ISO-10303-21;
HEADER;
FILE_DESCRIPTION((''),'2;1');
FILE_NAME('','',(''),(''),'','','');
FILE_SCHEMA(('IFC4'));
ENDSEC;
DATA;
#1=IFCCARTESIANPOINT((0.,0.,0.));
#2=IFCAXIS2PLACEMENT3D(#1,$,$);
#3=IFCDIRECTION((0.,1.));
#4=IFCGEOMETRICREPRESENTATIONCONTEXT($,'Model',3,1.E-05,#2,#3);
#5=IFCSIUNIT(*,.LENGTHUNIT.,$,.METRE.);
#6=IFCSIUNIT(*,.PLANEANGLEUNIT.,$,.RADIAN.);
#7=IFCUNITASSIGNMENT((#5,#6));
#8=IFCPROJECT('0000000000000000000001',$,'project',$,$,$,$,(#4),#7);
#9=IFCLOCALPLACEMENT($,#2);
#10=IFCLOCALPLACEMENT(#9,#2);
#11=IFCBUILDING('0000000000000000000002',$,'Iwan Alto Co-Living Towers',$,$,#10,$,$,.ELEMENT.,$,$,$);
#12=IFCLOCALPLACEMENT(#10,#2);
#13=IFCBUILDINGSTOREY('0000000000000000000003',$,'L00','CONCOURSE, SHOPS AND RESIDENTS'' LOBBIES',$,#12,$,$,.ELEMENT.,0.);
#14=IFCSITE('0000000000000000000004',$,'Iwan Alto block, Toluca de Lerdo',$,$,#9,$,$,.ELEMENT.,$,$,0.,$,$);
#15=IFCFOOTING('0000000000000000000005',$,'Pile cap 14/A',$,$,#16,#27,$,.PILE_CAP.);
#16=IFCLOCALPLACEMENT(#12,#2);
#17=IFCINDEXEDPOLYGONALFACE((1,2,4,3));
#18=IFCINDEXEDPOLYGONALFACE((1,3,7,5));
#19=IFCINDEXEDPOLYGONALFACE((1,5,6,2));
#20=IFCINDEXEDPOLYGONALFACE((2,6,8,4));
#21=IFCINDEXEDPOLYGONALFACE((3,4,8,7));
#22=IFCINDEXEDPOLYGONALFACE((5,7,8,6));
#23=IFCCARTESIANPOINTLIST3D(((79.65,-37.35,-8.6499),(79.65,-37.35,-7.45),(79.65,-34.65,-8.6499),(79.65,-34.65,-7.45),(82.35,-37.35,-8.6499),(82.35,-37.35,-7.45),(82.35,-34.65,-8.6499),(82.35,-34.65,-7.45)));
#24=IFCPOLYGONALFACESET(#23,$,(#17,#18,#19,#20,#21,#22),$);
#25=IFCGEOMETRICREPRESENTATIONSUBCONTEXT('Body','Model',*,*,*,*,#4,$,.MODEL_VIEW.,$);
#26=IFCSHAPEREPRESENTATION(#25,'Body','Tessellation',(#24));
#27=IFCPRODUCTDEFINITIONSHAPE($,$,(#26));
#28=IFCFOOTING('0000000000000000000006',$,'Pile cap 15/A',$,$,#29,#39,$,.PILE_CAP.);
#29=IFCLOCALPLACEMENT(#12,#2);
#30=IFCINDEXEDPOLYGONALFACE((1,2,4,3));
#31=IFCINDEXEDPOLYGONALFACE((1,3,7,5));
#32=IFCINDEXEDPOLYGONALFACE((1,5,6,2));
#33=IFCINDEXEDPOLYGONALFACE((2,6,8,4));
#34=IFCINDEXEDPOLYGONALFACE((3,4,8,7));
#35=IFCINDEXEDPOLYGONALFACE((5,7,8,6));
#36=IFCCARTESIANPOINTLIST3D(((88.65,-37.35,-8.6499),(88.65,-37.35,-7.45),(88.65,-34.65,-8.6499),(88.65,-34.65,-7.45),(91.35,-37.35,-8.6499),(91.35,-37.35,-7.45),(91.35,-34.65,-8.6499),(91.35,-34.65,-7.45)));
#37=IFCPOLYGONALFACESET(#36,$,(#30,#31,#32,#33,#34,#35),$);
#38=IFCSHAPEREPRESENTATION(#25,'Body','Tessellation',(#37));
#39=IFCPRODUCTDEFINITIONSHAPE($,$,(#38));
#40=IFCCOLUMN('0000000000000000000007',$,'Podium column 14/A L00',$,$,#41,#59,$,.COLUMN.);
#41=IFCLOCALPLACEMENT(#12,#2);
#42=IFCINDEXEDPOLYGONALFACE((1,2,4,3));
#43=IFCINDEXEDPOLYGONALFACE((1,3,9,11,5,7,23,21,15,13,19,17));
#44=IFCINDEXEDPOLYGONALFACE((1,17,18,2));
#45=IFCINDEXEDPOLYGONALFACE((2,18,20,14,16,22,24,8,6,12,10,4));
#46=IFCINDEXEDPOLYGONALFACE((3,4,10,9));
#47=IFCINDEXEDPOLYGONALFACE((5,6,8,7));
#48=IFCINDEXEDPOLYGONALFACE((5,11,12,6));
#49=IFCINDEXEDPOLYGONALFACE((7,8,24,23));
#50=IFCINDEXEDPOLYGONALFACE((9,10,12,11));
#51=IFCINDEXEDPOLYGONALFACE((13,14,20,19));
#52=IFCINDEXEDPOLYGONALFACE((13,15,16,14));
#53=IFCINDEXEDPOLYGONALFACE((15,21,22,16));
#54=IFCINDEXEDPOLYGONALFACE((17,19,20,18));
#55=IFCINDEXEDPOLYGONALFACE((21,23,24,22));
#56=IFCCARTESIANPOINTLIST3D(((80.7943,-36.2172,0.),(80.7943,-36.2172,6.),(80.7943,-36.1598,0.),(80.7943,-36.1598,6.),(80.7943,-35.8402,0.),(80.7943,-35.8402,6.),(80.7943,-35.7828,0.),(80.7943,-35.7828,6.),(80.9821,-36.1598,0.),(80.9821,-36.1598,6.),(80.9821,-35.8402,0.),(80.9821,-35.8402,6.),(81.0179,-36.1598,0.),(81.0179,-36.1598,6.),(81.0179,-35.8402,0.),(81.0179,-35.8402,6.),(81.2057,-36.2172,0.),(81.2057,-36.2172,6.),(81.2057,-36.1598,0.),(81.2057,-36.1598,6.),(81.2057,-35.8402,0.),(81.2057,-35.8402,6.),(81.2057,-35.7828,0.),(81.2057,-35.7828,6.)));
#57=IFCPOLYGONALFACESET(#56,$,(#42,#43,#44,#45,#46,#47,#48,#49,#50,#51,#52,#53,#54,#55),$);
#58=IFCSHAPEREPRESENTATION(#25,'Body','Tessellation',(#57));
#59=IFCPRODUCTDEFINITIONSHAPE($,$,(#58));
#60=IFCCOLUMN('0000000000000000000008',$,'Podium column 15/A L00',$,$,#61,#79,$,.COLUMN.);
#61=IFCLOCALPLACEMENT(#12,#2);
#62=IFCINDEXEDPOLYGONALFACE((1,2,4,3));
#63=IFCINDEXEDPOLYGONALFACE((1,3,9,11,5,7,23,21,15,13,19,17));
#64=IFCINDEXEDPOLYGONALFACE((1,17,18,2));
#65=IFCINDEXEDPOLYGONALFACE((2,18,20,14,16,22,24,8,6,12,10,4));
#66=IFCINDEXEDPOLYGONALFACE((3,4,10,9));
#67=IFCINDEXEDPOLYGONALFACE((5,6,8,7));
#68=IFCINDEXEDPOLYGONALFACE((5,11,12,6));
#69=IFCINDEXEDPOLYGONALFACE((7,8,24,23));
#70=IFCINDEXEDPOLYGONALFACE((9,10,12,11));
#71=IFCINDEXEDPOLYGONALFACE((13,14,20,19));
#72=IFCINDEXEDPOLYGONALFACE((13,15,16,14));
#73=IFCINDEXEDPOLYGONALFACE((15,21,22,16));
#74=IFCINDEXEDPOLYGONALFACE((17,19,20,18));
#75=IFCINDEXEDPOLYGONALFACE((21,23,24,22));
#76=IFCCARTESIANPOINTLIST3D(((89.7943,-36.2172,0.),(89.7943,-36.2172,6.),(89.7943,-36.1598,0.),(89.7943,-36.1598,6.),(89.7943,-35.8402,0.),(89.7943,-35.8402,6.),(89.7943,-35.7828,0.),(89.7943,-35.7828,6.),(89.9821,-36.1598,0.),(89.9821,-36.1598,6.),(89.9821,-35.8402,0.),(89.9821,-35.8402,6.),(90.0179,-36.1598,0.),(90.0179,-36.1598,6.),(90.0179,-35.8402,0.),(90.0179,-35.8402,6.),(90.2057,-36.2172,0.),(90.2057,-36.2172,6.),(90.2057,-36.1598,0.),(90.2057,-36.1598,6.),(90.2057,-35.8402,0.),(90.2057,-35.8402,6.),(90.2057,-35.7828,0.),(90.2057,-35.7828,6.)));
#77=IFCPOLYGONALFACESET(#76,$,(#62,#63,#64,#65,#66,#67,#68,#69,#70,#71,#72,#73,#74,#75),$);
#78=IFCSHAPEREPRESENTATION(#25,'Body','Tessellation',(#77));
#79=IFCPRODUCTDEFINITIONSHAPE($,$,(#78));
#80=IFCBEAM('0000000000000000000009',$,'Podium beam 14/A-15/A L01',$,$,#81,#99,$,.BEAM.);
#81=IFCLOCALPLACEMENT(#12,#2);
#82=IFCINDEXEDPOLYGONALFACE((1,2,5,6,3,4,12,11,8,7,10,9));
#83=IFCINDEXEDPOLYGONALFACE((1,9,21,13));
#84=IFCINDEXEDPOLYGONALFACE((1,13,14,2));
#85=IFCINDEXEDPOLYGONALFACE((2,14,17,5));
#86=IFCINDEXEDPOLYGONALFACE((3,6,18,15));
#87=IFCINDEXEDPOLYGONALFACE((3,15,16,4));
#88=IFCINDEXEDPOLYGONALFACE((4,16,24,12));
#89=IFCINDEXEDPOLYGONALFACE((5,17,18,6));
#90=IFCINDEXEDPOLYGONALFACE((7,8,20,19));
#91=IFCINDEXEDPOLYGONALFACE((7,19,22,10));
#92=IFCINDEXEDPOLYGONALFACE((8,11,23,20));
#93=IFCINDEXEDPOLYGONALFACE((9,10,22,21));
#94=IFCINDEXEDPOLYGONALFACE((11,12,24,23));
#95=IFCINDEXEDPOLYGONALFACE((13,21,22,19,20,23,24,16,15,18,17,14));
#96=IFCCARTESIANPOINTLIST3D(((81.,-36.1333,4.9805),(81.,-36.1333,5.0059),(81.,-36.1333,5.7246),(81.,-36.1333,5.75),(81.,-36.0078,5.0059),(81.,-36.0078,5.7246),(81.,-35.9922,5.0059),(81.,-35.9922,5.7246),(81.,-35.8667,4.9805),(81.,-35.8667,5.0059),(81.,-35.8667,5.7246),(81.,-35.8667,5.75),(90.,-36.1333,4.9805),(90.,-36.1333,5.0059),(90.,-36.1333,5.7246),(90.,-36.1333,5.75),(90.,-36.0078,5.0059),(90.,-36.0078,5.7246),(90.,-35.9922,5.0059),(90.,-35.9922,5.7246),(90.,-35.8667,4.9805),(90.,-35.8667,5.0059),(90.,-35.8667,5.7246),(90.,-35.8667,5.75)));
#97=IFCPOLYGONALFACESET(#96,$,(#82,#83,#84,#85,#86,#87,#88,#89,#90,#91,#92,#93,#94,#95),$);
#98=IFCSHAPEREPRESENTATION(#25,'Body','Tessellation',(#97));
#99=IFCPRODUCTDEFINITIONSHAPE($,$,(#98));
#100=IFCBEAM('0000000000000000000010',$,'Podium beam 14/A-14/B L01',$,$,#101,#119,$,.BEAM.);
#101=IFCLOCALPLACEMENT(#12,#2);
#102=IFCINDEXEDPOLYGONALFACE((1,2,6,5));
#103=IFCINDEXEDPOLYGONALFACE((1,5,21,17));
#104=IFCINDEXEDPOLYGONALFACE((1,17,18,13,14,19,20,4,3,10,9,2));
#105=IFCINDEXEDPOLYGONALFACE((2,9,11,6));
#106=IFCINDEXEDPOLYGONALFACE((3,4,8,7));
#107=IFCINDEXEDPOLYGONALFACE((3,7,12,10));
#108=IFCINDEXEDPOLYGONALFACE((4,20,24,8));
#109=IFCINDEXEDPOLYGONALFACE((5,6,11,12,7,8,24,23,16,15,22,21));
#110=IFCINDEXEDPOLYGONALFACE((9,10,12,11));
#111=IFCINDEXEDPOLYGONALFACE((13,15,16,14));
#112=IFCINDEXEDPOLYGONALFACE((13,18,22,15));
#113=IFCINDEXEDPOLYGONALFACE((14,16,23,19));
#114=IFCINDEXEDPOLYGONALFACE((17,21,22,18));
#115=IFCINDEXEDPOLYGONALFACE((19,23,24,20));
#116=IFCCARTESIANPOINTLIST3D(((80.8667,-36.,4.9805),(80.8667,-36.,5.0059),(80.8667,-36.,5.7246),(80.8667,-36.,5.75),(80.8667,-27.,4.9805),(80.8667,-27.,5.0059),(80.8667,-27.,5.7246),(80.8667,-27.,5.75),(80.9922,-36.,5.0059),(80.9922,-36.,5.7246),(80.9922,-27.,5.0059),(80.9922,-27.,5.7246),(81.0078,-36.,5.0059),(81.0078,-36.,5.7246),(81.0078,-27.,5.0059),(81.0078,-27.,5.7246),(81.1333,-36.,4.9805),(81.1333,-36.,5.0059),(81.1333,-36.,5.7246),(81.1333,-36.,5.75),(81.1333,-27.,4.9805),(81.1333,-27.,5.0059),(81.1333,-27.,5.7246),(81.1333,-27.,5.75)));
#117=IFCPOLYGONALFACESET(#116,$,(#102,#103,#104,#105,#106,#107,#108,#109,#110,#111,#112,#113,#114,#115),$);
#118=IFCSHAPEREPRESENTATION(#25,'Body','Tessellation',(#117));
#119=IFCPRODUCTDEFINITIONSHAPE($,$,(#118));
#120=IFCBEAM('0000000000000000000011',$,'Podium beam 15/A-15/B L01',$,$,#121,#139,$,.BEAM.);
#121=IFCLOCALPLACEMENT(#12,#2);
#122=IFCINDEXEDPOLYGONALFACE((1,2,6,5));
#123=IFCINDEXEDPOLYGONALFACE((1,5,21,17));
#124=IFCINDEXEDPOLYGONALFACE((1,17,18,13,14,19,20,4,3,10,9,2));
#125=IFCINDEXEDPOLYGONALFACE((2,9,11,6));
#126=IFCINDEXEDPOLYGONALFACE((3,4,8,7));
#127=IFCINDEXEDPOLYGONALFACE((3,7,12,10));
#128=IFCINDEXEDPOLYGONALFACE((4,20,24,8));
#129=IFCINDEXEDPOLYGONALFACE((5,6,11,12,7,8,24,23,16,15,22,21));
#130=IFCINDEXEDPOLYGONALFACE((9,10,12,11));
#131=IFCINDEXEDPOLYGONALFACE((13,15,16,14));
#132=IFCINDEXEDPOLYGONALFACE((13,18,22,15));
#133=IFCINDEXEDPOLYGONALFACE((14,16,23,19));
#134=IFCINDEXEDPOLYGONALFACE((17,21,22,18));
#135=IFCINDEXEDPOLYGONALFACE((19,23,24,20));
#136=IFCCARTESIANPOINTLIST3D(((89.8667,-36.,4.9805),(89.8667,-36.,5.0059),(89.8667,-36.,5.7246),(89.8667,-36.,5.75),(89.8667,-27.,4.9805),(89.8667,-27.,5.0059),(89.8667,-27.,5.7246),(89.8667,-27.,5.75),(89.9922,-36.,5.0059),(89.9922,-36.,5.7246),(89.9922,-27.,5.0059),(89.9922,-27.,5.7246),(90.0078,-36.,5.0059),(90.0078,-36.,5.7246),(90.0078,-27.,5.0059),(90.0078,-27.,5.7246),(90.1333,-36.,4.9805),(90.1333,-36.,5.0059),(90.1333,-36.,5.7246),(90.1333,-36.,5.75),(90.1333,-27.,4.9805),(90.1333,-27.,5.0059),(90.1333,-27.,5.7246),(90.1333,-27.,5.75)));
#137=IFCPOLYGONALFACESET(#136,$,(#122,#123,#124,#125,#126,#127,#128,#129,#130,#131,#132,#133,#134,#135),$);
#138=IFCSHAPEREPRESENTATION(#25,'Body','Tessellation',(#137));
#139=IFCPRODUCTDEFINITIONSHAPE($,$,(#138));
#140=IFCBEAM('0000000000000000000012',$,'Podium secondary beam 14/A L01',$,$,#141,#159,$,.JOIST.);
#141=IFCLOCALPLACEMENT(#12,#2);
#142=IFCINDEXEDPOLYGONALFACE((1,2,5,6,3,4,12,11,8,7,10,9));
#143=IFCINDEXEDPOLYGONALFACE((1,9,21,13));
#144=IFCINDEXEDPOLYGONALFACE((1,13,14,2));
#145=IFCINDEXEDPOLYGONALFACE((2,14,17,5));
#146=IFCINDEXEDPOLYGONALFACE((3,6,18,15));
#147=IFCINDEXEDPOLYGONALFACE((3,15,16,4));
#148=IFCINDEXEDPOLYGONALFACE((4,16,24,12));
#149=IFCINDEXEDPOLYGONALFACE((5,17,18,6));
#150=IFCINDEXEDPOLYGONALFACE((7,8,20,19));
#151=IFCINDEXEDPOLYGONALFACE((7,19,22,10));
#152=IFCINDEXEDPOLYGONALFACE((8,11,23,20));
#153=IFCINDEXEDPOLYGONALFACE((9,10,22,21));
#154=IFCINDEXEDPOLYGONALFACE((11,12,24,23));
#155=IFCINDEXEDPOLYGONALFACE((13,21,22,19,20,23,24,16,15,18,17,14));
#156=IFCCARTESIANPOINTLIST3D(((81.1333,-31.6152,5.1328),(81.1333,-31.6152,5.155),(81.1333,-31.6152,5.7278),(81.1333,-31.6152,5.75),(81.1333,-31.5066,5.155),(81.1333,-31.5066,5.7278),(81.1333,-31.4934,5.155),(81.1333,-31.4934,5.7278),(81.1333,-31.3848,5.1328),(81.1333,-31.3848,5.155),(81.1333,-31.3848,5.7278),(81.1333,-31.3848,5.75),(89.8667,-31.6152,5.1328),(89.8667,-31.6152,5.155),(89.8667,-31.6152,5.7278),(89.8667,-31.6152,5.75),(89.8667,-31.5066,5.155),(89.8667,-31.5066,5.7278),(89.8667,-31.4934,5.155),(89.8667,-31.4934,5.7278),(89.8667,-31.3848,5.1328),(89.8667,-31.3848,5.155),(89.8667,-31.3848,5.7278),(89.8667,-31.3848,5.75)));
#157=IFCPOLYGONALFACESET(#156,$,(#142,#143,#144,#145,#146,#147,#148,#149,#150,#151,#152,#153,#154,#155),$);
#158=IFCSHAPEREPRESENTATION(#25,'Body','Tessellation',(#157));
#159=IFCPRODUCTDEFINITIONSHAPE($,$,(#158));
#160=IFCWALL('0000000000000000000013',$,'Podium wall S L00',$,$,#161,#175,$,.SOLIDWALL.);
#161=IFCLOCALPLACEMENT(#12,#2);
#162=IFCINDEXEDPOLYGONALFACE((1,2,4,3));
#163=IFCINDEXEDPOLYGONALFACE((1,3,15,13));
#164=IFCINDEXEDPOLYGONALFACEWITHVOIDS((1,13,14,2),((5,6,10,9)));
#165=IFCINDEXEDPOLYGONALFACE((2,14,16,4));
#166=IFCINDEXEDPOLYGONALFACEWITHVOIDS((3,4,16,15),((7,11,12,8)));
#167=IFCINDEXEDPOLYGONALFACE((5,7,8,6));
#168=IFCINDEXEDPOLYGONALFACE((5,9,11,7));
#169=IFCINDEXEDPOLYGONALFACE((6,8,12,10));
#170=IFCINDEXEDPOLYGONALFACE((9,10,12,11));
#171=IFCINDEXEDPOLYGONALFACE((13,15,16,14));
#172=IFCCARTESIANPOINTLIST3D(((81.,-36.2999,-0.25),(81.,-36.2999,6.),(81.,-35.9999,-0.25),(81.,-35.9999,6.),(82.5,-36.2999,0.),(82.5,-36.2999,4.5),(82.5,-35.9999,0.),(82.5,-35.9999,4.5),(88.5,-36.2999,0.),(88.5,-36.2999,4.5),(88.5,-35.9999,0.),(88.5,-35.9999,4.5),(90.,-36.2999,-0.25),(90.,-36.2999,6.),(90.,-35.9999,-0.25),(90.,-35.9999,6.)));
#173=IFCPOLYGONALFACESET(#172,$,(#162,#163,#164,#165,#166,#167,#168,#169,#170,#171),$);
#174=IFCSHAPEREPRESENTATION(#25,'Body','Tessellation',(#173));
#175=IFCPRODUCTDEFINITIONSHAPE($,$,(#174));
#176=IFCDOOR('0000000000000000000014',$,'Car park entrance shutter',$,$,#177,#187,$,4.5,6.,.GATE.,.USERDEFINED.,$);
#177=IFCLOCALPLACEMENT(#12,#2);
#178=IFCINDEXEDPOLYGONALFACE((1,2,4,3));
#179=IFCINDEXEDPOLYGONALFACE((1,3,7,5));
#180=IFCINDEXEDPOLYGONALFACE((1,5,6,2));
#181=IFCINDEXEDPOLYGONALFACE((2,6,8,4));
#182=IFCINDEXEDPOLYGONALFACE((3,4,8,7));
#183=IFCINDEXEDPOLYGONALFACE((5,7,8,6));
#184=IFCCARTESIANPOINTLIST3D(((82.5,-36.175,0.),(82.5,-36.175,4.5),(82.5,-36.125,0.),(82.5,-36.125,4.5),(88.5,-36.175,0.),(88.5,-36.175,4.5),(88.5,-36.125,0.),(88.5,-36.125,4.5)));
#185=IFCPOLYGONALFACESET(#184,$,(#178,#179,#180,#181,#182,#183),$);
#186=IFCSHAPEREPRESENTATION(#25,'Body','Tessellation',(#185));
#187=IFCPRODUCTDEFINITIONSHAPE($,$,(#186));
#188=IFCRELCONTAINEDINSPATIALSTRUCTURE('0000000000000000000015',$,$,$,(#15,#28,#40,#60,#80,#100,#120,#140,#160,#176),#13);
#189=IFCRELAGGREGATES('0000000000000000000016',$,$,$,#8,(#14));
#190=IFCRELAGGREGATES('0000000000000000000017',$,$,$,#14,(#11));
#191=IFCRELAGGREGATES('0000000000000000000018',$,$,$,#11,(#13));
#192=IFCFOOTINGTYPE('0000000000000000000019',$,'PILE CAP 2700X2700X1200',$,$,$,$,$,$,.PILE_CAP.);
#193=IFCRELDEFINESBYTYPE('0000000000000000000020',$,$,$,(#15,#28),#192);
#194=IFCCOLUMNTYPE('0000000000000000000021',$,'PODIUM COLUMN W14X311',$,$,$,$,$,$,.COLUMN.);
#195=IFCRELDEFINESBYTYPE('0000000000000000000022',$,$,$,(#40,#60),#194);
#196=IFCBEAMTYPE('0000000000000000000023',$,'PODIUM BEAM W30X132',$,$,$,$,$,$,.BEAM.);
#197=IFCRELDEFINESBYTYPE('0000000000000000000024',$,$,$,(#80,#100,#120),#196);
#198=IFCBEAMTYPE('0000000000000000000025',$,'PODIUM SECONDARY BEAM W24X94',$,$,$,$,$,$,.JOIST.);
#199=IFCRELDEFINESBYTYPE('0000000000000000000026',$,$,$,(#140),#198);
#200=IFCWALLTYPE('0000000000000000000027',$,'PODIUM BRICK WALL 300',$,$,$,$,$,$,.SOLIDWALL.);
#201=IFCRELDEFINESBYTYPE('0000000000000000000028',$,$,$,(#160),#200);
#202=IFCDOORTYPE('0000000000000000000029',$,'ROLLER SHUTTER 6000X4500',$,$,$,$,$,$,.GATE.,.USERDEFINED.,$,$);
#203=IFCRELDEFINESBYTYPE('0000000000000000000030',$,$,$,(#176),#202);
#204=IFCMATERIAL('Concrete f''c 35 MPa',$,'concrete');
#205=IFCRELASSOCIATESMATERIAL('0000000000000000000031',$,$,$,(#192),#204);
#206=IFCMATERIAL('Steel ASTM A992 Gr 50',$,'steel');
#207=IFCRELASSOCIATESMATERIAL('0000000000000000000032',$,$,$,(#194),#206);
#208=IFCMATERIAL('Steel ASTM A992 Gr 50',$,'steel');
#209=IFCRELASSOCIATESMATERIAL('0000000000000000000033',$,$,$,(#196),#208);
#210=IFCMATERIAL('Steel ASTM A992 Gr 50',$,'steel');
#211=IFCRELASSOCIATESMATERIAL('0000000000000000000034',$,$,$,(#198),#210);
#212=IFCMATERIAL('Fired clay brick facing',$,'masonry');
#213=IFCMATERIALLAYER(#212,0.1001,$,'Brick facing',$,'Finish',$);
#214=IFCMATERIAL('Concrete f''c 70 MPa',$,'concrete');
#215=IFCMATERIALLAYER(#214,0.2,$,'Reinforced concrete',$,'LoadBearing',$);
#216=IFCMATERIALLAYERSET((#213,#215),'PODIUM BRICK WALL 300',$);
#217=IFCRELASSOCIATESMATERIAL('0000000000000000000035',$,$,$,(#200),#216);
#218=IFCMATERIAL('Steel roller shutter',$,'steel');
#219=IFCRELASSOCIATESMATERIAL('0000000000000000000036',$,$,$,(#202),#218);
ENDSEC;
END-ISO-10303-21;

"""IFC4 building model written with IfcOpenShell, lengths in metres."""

from ifc_helpers import new_model, si_unit, direction, frame, frame_2d, origin, origin_2d, place, context, subcontext, project, spatial, rectangle, i_section, extrude, material, layer, layer_set, material_profile, profile_set, type_object, element, fill, save


model = new_model("IFC4")

# Units and contexts
model_context = context("Model", 3, precision=1e-05, world=origin(), true_north=direction((0.0, 1.0)))
body_context = subcontext(model_context, "Body", "Model", "MODEL_VIEW")
ifc_project = project(units=[si_unit("LENGTHUNIT", "METRE"), si_unit("PLANEANGLEUNIT", "RADIAN")], contexts=[model_context])

# Site, building, storey
site_placement = place(None, origin())
site = spatial("IfcSite", under=ifc_project, at=site_placement, Name="Iwan Alto block, Toluca de Lerdo", CompositionType="ELEMENT", RefElevation=0.0)
building_placement = place(site_placement, origin())
building = spatial("IfcBuilding", under=site, at=building_placement, Name="Iwan Alto Co-Living Towers", CompositionType="ELEMENT")
storey_placement = place(building_placement, origin())
storey = spatial("IfcBuildingStorey", under=building, at=storey_placement, Name="L00", Description="CONCOURSE, SHOPS AND RESIDENTS' LOBBIES", CompositionType="ELEMENT", Elevation=0.0)

# Footings
ifc_material_1 = material(Name="Concrete f'c 35 MPa", Category="concrete")
footing_type_1 = type_object("IfcFootingType", Name="PILE CAP 2700X2700X1200", PredefinedType="PILE_CAP", material=ifc_material_1)
for number, where, z_axis, x_axis, name in (
    (1, (81.0, -36.0, -8.6499), (0.0, 0.0, 1.0), (1.0, 0.0, 0.0), "Pile cap 14/A"),
    (2, (90.0, -36.0, -8.6499), (0.0, 0.0, 1.0), (1.0, 0.0, 0.0), "Pile cap 15/A"),
):
    element("IfcFooting", number, at=place(storey_placement, frame(where, z_axis=z_axis, x_axis=x_axis)), inside=storey, type_object=footing_type_1, Name=name, PredefinedType="PILE_CAP", context=body_context, shape_type="SweptSolid", body=[
        extrude(rectangle(XDim=2.7, YDim=2.7, at=origin_2d()), origin(), (0.0, 0.0, 1.0), 1.2),
    ])

# Columns
ifc_material_2 = material(Name="Steel ASTM A992 Gr 50", Category="steel")
ifc_material_profile_1 = material_profile(ifc_material_2, i_section(OverallWidth=0.4114, OverallDepth=0.4343, WebThickness=0.0359, FlangeThickness=0.0574, at=origin_2d()), Name="W14X311")
ifc_profile_set_1 = profile_set([ifc_material_profile_1], Name="Steel ASTM A992 Gr 50")
column_type = type_object("IfcColumnType", Name="PODIUM COLUMN W14X311", PredefinedType="COLUMN", material=ifc_profile_set_1)
for number, where, z_axis, x_axis, name in (
    (3, (81.0, -36.0, 0.0), (0.0, 0.0, 1.0), (1.0, 0.0, 0.0), "Podium column 14/A L00"),
    (4, (90.0, -36.0, 0.0), (0.0, 0.0, 1.0), (1.0, 0.0, 0.0), "Podium column 15/A L00"),
):
    element("IfcColumn", number, at=place(storey_placement, frame(where, z_axis=z_axis, x_axis=x_axis)), inside=storey, type_object=column_type, Name=name, PredefinedType="COLUMN", context=body_context, shape_type="SweptSolid", body=[
        extrude(i_section(OverallWidth=0.4114, OverallDepth=0.4343, WebThickness=0.0359, FlangeThickness=0.0574, at=origin_2d()), origin(), (0.0, 0.0, 1.0), 6.0),
    ])

# Beams
ifc_material_3 = material(Name="Steel ASTM A992 Gr 50", Category="steel")
ifc_material_profile_2 = material_profile(ifc_material_3, i_section(OverallWidth=0.2666, OverallDepth=0.7695, WebThickness=0.0156, FlangeThickness=0.0254, at=origin_2d()), Name="W30X132")
ifc_profile_set_2 = profile_set([ifc_material_profile_2], Name="Steel ASTM A992 Gr 50")
beam_type_1 = type_object("IfcBeamType", Name="PODIUM BEAM W30X132", PredefinedType="BEAM", material=ifc_profile_set_2)
for number, where, z_axis, x_axis, name in (
    (5, (81.0, -36.0, 5.3652), (1.0, 0.0, 0.0), (0.0, 1.0, 0.0), "Podium beam 14/A-15/A L01"),
    (6, (81.0, -36.0, 5.3652), (0.0, 1.0, 0.0), (-1.0, 0.0, 0.0), "Podium beam 14/A-14/B L01"),
    (7, (90.0, -36.0, 5.3652), (0.0, 1.0, 0.0), (-1.0, 0.0, 0.0), "Podium beam 15/A-15/B L01"),
):
    element("IfcBeam", number, at=place(storey_placement, frame(where, z_axis=z_axis, x_axis=x_axis)), inside=storey, type_object=beam_type_1, Name=name, PredefinedType="BEAM", context=body_context, shape_type="SweptSolid", body=[
        extrude(i_section(OverallWidth=0.2666, OverallDepth=0.7695, WebThickness=0.0156, FlangeThickness=0.0254, at=origin_2d()), origin(), (0.0, 0.0, 1.0), 9.0),
    ])
ifc_material_4 = material(Name="Steel ASTM A992 Gr 50", Category="steel")
ifc_material_profile_3 = material_profile(ifc_material_4, i_section(OverallWidth=0.2305, OverallDepth=0.6172, WebThickness=0.0132, FlangeThickness=0.0222, at=origin_2d()), Name="W24X94")
ifc_profile_set_3 = profile_set([ifc_material_profile_3], Name="Steel ASTM A992 Gr 50")
beam_type_2 = type_object("IfcBeamType", Name="PODIUM SECONDARY BEAM W24X94", PredefinedType="JOIST", material=ifc_profile_set_3)
beam_placement = place(storey_placement, frame((81.1333, -31.5, 5.4414), z_axis=(1.0, 0.0, 0.0), x_axis=(0.0, 1.0, 0.0)))
element("IfcBeam", 8, at=beam_placement, inside=storey, type_object=beam_type_2, Name="Podium secondary beam 14/A L01", PredefinedType="JOIST", context=body_context, shape_type="SweptSolid", body=[
    extrude(i_section(OverallWidth=0.2305, OverallDepth=0.6172, WebThickness=0.0132, FlangeThickness=0.0222, at=origin_2d()), origin(), (0.0, 0.0, 1.0), 8.7334),
])

# Wall, opening, door
ifc_material_5 = material(Name="Fired clay brick facing", Category="masonry")
ifc_layer_1 = layer(ifc_material_5, 0.1001, Name="Brick facing", Category="Finish")
ifc_material_6 = material(Name="Concrete f'c 70 MPa", Category="concrete")
ifc_layer_2 = layer(ifc_material_6, 0.2, Name="Reinforced concrete", Category="LoadBearing")
ifc_layer_set_1 = layer_set([ifc_layer_1, ifc_layer_2], Name="PODIUM BRICK WALL 300")
wall_type_1 = type_object("IfcWallType", Name="PODIUM BRICK WALL 300", PredefinedType="SOLIDWALL", material=ifc_layer_set_1)
wall_1_placement = place(storey_placement, frame((81.0, -36.1499, -0.25), z_axis=(0.0, 0.0, 1.0), x_axis=(1.0, 0.0, 0.0)))
wall_1 = element("IfcWall", 9, at=wall_1_placement, inside=storey, type_object=wall_type_1, Name="Podium wall S L00", PredefinedType="SOLIDWALL", context=body_context, shape_type="SweptSolid", body=[
    extrude(rectangle(XDim=9.0, YDim=0.3, at=frame_2d((4.5, 0.0))), origin(), (0.0, 0.0, 1.0), 6.25),
])
opening_1_placement = place(wall_1_placement, frame((1.5, 0.0, 0.25)))
opening_1 = element("IfcOpeningElement", 10, at=opening_1_placement, cuts=wall_1, PredefinedType="OPENING", context=body_context, shape_type="SweptSolid", body=[
    extrude(rectangle(XDim=6.0, YDim=4.5, at=frame_2d((3.0, 2.25))), frame((0.0, 0.1599, 0.0), z_axis=(0.0, -1.0, 0.0), x_axis=(1.0, 0.0, 0.0)), (0.0, 0.0, 1.0), 0.3201),
])
ifc_material_7 = material(Name="Steel roller shutter", Category="steel")
door_type_1 = type_object("IfcDoorType", Name="ROLLER SHUTTER 6000X4500", OperationType="USERDEFINED", PredefinedType="GATE", material=ifc_material_7)
door_1_placement = place(opening_1_placement, origin())
door_1 = element("IfcDoor", 11, at=door_1_placement, inside=storey, type_object=door_type_1, Name="Car park entrance shutter", OperationType="USERDEFINED", OverallHeight=4.5, OverallWidth=6.0, PredefinedType="GATE", context=body_context, shape_type="SweptSolid", body=[
    extrude(rectangle(XDim=6.0, YDim=4.5, at=frame_2d((3.0, 2.25))), frame((0.0, 0.0249, 0.0), z_axis=(0.0, -1.0, 0.0), x_axis=(1.0, 0.0, 0.0)), (0.0, 0.0, 1.0), 0.05),
])
fill(opening_1, door_1)

save(model, "model.ifc")
